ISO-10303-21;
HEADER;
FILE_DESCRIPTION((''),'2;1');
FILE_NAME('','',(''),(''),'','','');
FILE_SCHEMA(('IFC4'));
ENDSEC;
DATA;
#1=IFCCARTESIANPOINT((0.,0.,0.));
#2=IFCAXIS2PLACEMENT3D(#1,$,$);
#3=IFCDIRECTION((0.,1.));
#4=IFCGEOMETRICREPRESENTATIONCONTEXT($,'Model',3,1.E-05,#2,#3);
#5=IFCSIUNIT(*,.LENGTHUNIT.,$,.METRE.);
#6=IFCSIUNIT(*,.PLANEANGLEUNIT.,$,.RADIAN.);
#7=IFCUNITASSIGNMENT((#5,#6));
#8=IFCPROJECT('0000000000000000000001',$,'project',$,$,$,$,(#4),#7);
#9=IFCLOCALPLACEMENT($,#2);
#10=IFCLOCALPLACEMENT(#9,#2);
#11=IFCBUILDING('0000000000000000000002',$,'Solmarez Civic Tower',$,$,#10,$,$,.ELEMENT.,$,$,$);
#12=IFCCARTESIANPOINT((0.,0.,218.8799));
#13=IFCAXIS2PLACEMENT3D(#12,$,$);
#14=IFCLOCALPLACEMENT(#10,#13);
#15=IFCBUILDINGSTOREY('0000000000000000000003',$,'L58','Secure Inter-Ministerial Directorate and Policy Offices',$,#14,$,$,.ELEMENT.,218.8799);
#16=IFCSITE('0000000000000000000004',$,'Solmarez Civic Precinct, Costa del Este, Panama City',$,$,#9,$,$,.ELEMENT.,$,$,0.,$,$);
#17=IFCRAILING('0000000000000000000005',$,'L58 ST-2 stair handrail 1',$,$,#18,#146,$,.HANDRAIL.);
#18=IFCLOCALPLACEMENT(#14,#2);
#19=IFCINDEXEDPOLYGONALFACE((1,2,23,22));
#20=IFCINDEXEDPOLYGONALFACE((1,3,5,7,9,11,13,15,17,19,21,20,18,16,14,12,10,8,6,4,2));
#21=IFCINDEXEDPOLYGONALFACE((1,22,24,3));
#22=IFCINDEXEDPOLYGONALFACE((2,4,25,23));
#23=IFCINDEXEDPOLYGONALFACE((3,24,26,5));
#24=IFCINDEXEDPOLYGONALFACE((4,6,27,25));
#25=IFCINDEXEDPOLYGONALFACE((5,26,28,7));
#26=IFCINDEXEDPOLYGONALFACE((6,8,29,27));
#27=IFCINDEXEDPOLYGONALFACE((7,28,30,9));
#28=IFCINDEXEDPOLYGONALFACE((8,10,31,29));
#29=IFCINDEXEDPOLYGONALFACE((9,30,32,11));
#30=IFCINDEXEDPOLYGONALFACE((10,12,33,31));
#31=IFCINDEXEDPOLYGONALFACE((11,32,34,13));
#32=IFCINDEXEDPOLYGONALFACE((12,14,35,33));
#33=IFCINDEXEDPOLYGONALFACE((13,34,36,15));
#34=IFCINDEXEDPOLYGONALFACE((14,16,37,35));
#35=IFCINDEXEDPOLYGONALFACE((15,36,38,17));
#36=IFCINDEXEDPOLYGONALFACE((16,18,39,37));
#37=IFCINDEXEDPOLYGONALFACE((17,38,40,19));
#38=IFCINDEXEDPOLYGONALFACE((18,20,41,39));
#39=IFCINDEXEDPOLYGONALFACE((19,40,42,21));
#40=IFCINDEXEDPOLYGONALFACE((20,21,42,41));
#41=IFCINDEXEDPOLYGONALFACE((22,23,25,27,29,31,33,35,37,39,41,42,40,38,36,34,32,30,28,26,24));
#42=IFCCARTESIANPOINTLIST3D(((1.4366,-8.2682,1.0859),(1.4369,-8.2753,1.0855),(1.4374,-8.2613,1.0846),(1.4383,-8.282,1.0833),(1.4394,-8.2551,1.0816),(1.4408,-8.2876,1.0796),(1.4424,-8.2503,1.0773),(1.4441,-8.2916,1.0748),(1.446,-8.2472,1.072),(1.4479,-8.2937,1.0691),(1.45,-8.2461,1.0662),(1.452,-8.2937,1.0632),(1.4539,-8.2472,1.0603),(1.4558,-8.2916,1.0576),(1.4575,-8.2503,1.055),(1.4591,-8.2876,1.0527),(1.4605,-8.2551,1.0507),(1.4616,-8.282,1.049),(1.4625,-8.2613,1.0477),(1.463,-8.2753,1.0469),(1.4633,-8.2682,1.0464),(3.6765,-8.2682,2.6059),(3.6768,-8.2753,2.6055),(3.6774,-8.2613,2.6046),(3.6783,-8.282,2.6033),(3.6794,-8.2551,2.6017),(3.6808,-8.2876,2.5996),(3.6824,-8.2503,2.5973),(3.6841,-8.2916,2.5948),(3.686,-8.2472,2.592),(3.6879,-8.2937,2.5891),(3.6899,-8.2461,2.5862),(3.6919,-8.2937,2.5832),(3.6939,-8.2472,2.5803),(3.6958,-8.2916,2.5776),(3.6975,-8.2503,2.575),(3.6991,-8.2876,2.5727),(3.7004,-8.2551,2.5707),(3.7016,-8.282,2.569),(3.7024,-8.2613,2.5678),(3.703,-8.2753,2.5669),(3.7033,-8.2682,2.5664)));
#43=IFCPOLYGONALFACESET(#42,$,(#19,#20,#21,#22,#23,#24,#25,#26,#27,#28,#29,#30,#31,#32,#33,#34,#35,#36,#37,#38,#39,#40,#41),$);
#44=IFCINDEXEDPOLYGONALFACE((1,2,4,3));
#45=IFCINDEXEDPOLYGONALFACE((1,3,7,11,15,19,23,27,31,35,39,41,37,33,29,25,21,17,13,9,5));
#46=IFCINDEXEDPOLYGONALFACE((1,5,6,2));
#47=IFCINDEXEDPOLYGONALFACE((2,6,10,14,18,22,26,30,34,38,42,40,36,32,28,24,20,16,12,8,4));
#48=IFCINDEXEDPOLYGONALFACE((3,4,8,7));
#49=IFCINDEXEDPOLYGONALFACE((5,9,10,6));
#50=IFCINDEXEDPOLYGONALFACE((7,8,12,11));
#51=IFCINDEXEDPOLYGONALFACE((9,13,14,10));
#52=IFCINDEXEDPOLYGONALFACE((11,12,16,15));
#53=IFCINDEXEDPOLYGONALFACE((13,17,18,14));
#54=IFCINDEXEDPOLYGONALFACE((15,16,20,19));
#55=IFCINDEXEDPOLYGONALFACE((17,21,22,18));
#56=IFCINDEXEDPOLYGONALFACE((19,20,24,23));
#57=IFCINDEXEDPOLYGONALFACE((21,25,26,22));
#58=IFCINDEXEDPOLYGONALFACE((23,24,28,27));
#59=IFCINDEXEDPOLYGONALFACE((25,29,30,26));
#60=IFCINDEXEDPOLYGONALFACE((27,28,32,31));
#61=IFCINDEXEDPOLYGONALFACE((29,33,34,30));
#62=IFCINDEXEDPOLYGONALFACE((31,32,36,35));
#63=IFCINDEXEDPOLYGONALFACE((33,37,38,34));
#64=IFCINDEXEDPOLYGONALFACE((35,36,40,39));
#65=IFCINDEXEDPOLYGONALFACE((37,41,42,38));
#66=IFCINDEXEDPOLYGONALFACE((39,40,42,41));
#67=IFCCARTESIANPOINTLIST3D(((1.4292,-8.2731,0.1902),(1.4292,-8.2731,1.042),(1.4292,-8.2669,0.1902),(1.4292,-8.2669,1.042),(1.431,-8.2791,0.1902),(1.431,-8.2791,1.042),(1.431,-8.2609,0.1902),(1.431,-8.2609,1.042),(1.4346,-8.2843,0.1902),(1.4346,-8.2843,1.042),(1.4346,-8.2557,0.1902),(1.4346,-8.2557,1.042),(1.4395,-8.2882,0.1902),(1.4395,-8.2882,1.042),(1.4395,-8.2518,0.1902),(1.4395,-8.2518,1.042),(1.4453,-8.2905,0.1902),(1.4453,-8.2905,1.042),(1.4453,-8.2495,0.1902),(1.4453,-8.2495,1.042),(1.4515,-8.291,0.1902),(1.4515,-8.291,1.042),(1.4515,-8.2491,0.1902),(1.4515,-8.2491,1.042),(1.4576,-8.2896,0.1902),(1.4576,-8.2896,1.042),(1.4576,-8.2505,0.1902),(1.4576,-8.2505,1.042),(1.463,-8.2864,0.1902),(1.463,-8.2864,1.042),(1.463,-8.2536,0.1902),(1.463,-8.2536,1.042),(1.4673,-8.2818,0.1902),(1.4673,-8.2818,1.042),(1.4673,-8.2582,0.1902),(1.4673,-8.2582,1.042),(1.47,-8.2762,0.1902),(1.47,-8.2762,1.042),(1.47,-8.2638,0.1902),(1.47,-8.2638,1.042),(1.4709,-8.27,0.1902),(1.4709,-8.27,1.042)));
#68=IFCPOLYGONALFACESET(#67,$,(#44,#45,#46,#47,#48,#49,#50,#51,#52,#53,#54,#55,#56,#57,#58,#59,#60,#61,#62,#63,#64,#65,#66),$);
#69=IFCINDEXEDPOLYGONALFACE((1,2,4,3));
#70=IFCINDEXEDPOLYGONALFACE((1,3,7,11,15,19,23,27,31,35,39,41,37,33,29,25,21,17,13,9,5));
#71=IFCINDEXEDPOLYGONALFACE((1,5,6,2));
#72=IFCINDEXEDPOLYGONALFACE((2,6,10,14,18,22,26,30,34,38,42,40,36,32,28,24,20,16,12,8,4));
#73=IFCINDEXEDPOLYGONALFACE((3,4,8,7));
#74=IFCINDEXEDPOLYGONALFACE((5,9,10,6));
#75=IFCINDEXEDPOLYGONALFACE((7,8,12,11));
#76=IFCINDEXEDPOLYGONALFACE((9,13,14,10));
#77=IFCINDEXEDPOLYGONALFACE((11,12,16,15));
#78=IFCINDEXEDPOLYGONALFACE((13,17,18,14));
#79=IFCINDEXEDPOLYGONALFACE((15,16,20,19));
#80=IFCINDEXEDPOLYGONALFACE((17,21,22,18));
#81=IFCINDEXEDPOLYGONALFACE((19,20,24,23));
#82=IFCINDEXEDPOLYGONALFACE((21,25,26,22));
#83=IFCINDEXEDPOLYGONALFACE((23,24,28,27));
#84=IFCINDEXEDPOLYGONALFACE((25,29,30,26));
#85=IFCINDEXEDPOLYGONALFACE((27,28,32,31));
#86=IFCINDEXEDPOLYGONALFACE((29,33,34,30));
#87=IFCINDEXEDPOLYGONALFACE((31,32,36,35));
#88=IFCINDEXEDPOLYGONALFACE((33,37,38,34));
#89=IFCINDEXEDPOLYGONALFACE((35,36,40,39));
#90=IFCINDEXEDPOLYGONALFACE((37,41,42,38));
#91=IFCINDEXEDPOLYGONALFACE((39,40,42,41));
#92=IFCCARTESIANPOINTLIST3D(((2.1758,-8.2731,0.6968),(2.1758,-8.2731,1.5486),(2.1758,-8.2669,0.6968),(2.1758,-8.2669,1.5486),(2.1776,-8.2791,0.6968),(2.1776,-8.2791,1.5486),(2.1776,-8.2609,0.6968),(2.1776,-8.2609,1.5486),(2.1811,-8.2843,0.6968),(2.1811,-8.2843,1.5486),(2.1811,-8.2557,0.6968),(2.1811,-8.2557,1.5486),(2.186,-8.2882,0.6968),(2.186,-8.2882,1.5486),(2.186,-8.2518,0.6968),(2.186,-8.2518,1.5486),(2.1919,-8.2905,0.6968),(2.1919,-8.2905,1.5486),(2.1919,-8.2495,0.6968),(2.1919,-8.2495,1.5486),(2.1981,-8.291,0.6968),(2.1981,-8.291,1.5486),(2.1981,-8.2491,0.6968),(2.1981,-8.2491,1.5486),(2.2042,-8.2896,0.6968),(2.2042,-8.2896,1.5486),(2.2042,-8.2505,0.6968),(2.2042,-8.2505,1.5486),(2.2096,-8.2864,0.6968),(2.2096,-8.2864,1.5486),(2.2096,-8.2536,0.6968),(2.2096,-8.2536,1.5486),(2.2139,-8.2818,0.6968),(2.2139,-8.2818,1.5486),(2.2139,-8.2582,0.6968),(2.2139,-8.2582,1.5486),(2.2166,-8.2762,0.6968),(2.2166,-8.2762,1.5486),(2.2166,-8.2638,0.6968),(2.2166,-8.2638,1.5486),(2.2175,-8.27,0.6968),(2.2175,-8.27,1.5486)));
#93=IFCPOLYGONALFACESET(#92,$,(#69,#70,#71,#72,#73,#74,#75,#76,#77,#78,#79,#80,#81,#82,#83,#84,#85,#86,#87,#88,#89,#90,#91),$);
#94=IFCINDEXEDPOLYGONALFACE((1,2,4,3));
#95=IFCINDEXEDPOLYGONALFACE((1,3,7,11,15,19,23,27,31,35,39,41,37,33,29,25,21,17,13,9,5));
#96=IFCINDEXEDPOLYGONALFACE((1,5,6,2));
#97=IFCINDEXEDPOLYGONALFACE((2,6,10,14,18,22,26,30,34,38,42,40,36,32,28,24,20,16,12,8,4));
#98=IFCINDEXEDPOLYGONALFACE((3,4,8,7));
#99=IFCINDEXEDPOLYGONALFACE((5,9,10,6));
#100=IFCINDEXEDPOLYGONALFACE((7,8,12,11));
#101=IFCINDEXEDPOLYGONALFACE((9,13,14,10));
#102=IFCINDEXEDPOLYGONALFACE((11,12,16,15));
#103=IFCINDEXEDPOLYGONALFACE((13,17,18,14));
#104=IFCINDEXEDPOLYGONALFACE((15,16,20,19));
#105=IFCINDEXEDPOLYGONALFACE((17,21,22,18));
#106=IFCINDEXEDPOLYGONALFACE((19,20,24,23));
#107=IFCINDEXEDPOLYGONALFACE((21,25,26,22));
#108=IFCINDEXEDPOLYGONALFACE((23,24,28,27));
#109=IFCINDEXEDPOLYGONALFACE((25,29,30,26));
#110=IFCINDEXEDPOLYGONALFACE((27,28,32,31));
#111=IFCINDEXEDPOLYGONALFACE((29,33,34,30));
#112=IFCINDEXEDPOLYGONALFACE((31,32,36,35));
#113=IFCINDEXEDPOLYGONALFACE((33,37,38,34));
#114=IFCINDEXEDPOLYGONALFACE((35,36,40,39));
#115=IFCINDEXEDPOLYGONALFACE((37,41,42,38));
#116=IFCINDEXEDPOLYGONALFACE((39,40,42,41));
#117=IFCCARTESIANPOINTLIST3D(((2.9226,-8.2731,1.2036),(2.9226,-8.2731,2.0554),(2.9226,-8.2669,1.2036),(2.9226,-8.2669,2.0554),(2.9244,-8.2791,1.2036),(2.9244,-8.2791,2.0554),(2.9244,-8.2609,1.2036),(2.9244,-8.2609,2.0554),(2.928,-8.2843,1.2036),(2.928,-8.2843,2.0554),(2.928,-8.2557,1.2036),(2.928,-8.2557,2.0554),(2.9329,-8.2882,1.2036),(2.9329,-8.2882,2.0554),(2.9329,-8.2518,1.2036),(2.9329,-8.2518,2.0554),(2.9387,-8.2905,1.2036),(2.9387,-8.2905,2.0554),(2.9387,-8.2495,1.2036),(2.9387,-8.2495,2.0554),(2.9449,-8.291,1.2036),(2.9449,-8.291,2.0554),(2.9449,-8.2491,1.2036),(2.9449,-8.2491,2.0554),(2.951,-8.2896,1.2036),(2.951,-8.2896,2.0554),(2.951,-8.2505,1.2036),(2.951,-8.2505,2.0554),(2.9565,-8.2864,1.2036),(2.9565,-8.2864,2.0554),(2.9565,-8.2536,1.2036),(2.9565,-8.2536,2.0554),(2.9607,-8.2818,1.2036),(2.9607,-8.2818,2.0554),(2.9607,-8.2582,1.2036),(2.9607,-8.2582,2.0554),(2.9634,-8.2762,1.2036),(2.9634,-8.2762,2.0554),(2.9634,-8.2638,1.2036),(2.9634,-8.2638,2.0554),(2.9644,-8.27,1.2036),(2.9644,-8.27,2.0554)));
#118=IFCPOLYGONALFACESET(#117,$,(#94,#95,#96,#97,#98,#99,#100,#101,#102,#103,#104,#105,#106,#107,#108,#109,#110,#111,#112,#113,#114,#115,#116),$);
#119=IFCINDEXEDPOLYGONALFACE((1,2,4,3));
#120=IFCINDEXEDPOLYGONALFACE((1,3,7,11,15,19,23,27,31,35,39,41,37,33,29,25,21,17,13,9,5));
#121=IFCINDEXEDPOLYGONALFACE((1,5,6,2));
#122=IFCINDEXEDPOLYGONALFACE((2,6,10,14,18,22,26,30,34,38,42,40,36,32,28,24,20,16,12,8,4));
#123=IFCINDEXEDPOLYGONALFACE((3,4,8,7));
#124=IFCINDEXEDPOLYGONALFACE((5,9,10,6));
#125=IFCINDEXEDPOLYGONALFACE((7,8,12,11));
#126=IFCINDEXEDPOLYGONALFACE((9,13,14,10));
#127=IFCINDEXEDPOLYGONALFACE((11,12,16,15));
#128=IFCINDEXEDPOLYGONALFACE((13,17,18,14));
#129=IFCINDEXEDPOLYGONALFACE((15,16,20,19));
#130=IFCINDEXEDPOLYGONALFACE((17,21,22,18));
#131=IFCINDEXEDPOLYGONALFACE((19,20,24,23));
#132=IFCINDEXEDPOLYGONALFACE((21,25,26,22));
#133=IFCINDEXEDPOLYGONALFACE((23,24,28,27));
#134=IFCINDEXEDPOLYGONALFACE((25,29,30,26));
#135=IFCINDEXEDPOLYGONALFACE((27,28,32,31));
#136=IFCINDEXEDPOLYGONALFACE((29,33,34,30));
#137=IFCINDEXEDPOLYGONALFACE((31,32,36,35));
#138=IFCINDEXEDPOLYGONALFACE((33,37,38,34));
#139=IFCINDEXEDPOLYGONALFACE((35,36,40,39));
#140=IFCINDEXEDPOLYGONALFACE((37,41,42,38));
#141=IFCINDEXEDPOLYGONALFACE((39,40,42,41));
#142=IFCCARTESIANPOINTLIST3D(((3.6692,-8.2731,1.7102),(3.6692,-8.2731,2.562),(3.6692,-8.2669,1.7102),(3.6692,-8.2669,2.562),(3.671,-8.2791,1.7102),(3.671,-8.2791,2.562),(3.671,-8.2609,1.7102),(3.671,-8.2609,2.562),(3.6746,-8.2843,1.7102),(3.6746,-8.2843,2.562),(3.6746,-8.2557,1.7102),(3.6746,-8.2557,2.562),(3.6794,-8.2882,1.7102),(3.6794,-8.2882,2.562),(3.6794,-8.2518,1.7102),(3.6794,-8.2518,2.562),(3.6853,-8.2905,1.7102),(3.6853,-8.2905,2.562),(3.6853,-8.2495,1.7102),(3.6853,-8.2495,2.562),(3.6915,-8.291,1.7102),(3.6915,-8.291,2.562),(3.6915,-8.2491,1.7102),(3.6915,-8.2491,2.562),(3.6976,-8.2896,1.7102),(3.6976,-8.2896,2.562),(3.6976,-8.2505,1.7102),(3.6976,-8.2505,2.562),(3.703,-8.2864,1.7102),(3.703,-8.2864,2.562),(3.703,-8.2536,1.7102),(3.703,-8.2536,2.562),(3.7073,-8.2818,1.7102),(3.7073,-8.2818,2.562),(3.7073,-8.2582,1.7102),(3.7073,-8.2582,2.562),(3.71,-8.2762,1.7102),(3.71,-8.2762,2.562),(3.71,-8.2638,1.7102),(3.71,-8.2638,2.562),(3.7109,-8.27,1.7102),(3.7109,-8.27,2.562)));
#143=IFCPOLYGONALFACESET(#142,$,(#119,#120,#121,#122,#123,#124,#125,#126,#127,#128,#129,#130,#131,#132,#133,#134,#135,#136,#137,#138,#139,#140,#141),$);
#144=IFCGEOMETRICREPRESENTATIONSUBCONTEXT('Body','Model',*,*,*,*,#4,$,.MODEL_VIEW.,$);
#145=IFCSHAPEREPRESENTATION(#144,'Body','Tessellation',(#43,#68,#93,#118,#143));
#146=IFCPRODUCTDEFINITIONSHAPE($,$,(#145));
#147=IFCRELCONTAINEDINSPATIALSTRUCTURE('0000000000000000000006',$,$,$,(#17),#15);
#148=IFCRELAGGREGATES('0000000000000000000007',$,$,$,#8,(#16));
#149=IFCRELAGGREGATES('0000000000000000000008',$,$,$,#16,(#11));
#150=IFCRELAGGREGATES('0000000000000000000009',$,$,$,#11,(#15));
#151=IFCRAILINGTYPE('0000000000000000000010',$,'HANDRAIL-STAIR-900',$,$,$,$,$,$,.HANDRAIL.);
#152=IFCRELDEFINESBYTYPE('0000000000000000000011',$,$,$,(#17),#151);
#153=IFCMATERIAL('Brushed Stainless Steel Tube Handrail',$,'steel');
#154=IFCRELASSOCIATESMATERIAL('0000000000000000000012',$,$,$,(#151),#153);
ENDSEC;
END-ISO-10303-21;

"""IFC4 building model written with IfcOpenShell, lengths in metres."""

from ifc_helpers import new_model, si_unit, direction, frame, origin, origin_2d, place, context, subcontext, project, spatial, circle, extrude, material, type_object, element, save


model = new_model("IFC4")

# Units and contexts
model_context = context("Model", 3, precision=1e-05, world=origin(), true_north=direction((0.0, 1.0)))
body_context = subcontext(model_context, "Body", "Model", "MODEL_VIEW")
ifc_project = project(units=[si_unit("LENGTHUNIT", "METRE"), si_unit("PLANEANGLEUNIT", "RADIAN")], contexts=[model_context])

# Site, building, storey
site_placement = place(None, origin())
site = spatial("IfcSite", under=ifc_project, at=site_placement, Name="Solmarez Civic Precinct, Costa del Este, Panama City", CompositionType="ELEMENT", RefElevation=0.0)
building_placement = place(site_placement, origin())
building = spatial("IfcBuilding", under=site, at=building_placement, Name="Solmarez Civic Tower", CompositionType="ELEMENT")
storey_placement = place(building_placement, frame((0.0, 0.0, 218.8799)))
storey = spatial("IfcBuildingStorey", under=building, at=storey_placement, Name="L58", Description="Secure Inter-Ministerial Directorate and Policy Offices", CompositionType="ELEMENT", Elevation=218.8799)

# Railing
ifc_material_1 = material(Name="Brushed Stainless Steel Tube Handrail", Category="steel")
railing_type = type_object("IfcRailingType", Name="HANDRAIL-STAIR-900", PredefinedType="HANDRAIL", material=ifc_material_1)
railing_placement = place(storey_placement, frame((1.45, -8.27, 0.1902)))
element("IfcRailing", 1, at=railing_placement, inside=storey, type_object=railing_type, Name="L58 ST-2 stair handrail 1", PredefinedType="HANDRAIL", context=body_context, shape_type="SweptSolid", body=[
    extrude(circle(Radius=0.0239, at=origin_2d()), frame((0.0, 0.0, 0.876), z_axis=(0.827471, 0.0, 0.561508), x_axis=(0.0, 1.0, 0.0)), (0.0, 0.0, 1.0), 2.707),
    extrude(circle(Radius=0.021, at=origin_2d()), origin(), (0.0, 0.0, 1.0), 0.8518),
    extrude(circle(Radius=0.021, at=origin_2d()), frame((0.7466, 0.0, 0.5066)), (0.0, 0.0, 1.0), 0.8518),
    extrude(circle(Radius=0.021, at=origin_2d()), frame((1.4934, 0.0, 1.0134)), (0.0, 0.0, 1.0), 0.8518),
    extrude(circle(Radius=0.021, at=origin_2d()), frame((2.24, 0.0, 1.52)), (0.0, 0.0, 1.0), 0.8518),
])

save(model, "model.ifc")
